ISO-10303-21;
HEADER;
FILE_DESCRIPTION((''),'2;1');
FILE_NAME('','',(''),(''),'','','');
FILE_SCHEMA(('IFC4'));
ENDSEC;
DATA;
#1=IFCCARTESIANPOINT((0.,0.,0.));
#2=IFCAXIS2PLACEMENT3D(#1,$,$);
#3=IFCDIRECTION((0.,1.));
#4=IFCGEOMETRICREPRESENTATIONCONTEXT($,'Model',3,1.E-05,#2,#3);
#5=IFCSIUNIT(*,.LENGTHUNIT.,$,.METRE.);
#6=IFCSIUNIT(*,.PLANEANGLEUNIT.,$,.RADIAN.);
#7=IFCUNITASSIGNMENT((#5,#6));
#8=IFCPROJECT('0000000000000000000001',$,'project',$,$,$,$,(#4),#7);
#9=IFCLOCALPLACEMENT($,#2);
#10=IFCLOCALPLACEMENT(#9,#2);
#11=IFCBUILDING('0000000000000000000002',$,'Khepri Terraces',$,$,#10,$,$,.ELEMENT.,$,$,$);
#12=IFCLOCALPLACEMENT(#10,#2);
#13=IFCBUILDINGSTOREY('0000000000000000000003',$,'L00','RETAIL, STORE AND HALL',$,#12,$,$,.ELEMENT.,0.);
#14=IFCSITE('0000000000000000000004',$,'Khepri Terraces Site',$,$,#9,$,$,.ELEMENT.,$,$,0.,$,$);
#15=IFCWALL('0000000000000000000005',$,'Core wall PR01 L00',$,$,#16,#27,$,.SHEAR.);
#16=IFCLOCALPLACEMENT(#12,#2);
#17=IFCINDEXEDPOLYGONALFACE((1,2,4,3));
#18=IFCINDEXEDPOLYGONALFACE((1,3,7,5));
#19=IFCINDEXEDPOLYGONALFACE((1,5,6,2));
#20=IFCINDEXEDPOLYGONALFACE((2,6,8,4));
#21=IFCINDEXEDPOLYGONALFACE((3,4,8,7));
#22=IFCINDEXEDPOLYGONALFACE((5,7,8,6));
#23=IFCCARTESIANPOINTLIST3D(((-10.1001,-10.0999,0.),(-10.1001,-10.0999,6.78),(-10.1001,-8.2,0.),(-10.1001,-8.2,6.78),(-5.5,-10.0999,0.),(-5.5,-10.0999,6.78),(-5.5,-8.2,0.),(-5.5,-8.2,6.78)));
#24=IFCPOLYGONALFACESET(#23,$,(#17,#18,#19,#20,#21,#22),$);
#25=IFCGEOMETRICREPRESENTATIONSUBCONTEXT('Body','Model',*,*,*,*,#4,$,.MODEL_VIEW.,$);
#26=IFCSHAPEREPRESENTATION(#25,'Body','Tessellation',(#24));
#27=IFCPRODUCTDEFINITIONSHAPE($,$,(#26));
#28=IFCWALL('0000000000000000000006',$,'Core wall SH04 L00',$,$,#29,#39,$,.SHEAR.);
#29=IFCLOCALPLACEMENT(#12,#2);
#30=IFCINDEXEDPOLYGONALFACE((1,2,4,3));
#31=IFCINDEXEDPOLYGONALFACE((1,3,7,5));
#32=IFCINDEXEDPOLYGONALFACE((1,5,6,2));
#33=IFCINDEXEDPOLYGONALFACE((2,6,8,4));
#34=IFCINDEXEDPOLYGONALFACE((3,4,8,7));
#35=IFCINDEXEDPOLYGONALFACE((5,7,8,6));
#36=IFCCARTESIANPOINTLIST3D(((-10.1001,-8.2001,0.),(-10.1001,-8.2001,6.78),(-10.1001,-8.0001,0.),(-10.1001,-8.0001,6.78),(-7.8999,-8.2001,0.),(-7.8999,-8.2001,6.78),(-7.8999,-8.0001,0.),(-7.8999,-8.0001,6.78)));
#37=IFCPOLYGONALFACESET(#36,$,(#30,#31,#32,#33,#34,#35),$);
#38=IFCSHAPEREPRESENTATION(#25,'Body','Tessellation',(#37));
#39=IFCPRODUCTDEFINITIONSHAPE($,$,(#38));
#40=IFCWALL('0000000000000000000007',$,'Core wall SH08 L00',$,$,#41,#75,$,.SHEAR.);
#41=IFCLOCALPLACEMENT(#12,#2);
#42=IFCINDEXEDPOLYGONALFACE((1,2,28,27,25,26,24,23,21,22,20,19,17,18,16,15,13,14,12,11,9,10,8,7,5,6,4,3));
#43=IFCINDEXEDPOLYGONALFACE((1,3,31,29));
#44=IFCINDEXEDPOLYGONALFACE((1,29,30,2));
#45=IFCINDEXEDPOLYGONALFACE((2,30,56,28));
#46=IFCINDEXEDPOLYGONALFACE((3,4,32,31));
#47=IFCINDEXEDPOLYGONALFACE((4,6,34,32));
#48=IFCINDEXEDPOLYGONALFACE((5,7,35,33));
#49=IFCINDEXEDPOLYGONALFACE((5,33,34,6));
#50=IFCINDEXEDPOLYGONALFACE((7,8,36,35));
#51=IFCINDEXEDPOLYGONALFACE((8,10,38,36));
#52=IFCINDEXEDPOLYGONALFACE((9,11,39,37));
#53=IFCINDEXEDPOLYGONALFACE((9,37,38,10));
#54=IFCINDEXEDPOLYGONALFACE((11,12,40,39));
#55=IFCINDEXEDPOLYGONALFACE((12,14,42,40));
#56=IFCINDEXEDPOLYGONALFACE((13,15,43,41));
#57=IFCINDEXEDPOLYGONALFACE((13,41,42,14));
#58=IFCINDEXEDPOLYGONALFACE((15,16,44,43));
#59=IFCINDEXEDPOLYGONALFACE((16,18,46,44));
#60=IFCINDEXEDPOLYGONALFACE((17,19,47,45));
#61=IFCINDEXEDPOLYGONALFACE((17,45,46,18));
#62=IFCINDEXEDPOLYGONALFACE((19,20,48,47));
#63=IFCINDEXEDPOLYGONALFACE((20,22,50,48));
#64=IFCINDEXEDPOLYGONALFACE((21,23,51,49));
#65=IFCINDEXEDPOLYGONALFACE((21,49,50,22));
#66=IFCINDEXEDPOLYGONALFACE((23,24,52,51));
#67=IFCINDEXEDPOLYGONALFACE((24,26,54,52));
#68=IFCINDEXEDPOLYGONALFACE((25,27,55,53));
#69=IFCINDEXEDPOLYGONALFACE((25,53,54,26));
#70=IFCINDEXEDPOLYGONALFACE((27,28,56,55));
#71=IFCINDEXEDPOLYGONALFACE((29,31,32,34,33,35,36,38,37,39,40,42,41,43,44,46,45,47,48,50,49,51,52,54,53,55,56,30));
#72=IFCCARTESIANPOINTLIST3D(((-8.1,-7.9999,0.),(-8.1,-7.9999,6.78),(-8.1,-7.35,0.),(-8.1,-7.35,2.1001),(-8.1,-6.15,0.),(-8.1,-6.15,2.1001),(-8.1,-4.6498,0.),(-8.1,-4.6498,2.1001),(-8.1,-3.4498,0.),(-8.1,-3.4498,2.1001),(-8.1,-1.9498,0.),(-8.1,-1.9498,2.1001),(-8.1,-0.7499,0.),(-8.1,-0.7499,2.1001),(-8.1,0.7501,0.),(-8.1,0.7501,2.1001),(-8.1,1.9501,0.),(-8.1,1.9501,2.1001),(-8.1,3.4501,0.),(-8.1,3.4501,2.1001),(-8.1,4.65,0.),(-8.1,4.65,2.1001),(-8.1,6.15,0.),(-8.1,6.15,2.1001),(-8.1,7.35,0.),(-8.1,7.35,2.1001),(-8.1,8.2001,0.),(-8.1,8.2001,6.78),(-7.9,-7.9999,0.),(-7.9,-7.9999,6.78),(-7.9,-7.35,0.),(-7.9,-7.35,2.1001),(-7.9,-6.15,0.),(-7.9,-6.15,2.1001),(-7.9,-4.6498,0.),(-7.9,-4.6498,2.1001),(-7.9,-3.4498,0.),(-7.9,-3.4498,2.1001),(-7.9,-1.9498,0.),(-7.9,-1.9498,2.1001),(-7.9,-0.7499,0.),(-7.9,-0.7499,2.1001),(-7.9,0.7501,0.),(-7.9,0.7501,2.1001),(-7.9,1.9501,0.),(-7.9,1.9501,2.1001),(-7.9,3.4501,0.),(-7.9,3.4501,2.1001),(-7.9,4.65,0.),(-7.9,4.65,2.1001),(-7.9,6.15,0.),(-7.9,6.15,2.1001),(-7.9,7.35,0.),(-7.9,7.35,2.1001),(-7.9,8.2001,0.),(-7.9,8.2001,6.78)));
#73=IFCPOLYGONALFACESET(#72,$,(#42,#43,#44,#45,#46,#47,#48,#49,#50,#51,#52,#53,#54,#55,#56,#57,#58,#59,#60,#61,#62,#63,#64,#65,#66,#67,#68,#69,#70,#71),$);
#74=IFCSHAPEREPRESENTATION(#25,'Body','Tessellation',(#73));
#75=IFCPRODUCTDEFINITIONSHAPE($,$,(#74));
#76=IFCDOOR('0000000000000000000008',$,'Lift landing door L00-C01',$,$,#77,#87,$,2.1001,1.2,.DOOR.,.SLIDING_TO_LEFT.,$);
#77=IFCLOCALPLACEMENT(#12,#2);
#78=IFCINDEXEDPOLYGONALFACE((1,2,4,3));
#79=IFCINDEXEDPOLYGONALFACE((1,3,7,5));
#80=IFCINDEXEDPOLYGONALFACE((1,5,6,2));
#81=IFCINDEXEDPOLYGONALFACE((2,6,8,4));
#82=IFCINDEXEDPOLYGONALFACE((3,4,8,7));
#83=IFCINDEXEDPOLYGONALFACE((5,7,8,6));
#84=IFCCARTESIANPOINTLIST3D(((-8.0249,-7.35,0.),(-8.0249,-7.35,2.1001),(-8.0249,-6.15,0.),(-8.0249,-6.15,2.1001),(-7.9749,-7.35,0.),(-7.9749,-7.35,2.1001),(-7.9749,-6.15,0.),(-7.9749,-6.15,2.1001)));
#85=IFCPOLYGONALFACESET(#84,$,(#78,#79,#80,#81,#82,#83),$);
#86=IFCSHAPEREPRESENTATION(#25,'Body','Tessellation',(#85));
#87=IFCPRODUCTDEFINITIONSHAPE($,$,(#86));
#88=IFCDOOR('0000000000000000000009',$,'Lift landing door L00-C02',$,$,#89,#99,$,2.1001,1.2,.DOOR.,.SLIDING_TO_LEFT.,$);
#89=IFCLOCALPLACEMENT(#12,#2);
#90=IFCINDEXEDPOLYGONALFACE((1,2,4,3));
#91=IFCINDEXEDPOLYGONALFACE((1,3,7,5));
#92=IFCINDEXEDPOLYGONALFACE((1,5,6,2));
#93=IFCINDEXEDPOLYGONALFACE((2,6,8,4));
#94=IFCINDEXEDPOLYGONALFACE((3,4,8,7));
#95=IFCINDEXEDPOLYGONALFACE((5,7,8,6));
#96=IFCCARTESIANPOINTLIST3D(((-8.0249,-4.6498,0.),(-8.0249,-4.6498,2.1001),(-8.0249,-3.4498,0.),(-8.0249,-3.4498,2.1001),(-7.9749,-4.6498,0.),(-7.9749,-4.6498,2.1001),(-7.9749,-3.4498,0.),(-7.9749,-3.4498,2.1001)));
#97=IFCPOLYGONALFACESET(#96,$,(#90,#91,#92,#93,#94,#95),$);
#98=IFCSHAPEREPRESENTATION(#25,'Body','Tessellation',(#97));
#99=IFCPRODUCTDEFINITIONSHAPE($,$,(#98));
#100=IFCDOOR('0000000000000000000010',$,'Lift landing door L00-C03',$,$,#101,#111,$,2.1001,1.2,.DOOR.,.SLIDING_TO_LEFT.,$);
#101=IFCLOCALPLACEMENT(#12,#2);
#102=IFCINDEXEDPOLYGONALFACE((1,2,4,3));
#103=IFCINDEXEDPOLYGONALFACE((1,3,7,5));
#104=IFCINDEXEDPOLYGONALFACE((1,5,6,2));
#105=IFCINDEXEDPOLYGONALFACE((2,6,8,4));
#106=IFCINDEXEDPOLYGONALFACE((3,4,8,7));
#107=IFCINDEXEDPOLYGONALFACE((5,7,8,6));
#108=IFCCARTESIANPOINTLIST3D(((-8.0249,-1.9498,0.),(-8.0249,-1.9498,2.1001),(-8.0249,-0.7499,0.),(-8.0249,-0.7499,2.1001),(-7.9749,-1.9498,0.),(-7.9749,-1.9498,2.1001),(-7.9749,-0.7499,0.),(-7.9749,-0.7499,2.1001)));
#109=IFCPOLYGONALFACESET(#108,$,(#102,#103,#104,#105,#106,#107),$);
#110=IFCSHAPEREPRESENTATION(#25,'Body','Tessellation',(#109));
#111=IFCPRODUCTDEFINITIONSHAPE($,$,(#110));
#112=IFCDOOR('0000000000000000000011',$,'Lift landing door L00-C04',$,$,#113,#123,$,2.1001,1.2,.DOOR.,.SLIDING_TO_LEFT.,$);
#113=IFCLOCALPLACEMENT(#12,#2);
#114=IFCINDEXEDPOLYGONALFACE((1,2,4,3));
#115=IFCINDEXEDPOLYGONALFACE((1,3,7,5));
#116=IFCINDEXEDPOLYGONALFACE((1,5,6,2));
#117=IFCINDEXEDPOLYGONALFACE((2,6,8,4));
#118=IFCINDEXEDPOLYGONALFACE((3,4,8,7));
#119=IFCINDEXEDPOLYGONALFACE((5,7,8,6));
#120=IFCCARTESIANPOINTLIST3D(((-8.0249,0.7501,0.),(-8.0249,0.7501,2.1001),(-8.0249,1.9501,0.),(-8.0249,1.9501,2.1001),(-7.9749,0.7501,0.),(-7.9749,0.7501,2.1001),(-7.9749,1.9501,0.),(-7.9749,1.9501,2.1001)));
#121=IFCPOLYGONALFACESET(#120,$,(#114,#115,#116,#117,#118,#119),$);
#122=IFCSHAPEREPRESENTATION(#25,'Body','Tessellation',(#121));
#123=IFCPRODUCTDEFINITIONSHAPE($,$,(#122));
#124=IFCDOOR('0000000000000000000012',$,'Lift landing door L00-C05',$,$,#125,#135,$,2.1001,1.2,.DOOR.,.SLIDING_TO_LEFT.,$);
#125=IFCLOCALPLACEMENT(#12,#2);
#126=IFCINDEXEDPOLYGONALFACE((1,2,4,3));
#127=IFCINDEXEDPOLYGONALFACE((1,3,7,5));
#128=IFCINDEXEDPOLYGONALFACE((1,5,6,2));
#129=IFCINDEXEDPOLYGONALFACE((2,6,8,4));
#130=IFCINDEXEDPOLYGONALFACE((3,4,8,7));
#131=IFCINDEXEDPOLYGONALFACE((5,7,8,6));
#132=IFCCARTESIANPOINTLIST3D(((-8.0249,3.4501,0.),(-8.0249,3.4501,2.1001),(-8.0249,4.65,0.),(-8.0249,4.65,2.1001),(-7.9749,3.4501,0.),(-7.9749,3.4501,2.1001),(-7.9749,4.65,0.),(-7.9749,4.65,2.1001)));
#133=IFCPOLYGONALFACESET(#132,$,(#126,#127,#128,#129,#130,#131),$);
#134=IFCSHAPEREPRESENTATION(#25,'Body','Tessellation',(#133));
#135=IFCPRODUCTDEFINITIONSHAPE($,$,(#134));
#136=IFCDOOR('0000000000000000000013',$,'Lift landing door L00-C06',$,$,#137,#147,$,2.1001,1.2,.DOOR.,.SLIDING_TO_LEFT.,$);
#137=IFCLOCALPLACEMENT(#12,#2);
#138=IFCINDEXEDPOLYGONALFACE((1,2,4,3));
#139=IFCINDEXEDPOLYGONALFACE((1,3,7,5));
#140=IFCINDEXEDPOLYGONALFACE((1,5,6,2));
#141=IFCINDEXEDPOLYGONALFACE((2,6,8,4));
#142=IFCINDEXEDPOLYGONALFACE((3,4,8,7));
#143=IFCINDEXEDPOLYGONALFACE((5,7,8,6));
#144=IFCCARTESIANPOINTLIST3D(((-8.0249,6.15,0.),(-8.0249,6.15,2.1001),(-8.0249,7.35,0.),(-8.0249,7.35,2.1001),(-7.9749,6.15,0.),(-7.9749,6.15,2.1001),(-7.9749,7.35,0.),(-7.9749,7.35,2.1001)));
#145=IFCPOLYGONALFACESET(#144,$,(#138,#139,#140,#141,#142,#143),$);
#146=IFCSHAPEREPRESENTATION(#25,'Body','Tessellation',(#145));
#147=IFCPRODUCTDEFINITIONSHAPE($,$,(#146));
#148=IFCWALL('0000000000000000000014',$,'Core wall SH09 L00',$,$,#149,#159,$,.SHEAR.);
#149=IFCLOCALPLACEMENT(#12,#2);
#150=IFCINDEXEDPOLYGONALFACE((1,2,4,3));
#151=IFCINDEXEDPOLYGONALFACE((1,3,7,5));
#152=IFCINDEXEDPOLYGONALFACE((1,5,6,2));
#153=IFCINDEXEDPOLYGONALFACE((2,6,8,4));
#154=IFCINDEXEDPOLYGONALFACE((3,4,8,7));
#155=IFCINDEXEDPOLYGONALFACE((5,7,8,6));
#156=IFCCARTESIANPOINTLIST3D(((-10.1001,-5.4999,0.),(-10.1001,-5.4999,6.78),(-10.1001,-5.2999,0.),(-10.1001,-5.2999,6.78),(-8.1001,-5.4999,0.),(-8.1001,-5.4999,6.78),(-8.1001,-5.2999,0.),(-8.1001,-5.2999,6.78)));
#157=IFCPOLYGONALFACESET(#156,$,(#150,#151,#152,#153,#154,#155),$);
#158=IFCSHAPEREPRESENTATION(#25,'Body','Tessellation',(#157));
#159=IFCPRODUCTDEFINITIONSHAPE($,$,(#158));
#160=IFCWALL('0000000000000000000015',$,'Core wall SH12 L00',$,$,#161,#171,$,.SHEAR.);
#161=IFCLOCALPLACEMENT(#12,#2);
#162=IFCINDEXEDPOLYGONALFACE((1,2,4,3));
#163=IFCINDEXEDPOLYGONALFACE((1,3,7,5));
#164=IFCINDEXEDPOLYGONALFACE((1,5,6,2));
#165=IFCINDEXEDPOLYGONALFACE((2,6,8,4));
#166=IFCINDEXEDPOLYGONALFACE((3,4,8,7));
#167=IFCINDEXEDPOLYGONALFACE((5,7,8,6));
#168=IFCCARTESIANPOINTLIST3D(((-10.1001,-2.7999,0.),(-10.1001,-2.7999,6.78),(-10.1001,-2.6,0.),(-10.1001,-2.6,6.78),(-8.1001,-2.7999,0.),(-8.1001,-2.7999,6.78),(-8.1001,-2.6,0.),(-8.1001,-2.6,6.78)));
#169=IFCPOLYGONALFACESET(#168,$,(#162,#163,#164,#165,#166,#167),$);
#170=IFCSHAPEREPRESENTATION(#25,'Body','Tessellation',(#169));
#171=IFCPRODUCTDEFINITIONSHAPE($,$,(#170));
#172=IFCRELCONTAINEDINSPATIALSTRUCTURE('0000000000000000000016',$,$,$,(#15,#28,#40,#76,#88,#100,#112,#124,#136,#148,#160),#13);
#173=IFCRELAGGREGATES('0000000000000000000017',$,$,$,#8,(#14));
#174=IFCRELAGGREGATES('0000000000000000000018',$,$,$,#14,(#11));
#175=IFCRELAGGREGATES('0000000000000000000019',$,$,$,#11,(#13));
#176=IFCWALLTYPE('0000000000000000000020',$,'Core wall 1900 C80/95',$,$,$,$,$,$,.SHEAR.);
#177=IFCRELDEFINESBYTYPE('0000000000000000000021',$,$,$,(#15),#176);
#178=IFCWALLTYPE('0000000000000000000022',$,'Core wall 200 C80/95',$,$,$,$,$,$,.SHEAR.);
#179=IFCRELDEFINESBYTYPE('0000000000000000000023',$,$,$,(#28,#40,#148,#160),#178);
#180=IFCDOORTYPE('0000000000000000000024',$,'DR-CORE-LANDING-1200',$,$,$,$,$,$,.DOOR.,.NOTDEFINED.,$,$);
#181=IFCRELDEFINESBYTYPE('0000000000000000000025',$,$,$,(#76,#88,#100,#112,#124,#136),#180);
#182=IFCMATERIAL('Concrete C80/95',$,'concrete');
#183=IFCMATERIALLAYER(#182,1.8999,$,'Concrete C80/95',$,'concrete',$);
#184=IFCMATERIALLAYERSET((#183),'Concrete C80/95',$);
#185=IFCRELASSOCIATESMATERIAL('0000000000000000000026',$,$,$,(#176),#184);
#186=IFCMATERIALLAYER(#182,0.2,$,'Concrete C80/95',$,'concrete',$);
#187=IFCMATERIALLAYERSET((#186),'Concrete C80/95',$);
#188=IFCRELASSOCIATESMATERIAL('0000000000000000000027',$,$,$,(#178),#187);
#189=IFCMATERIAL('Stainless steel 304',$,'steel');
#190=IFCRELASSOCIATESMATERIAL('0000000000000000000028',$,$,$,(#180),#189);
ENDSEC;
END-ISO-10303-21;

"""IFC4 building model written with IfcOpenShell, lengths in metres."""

from ifc_helpers import new_model, si_unit, direction, frame, frame_2d, origin, place, context, subcontext, project, spatial, rectangle, extrude, material, layer, layer_set, type_object, element, fill, save


model = new_model("IFC4")

# Units and contexts
model_context = context("Model", 3, precision=1e-05, world=origin(), true_north=direction((0.0, 1.0)))
body_context = subcontext(model_context, "Body", "Model", "MODEL_VIEW")
ifc_project = project(units=[si_unit("LENGTHUNIT", "METRE"), si_unit("PLANEANGLEUNIT", "RADIAN")], contexts=[model_context])

# Site, building, storey
site_placement = place(None, origin())
site = spatial("IfcSite", under=ifc_project, at=site_placement, Name="Khepri Terraces Site", CompositionType="ELEMENT", RefElevation=0.0)
building_placement = place(site_placement, origin())
building = spatial("IfcBuilding", under=site, at=building_placement, Name="Khepri Terraces", CompositionType="ELEMENT")
storey_placement = place(building_placement, origin())
storey = spatial("IfcBuildingStorey", under=building, at=storey_placement, Name="L00", Description="RETAIL, STORE AND HALL", CompositionType="ELEMENT", Elevation=0.0)

# Walls
ifc_material_1 = material(Name="Concrete C80/95", Category="concrete")
ifc_layer_1 = layer(ifc_material_1, 1.8999, Name="Concrete C80/95", Category="concrete")
ifc_layer_set_1 = layer_set([ifc_layer_1], Name="Concrete C80/95")
wall_type_1 = type_object("IfcWallType", Name="Core wall 1900 C80/95", PredefinedType="SHEAR", material=ifc_layer_set_1)
wall_1_placement = place(storey_placement, frame((-10.1001, -9.1499, 0.0), z_axis=(0.0, 0.0, 1.0), x_axis=(1.0, 0.0, 0.0)))
element("IfcWall", 1, at=wall_1_placement, inside=storey, type_object=wall_type_1, Name="Core wall PR01 L00", PredefinedType="SHEAR", context=body_context, shape_type="SweptSolid", body=[
    extrude(rectangle(XDim=4.6001, YDim=1.8999, at=frame_2d((2.3, 0.0))), origin(), (0.0, 0.0, 1.0), 6.78),
])
ifc_layer_2 = layer(ifc_material_1, 0.2, Name="Concrete C80/95", Category="concrete")
ifc_layer_set_2 = layer_set([ifc_layer_2], Name="Concrete C80/95")
wall_type_2 = type_object("IfcWallType", Name="Core wall 200 C80/95", PredefinedType="SHEAR", material=ifc_layer_set_2)
wall_2_placement = place(storey_placement, frame((-10.1001, -8.1001, 0.0), z_axis=(0.0, 0.0, 1.0), x_axis=(1.0, 0.0, 0.0)))
element("IfcWall", 2, at=wall_2_placement, inside=storey, type_object=wall_type_2, Name="Core wall SH04 L00", PredefinedType="SHEAR", context=body_context, shape_type="SweptSolid", body=[
    extrude(rectangle(XDim=2.2002, YDim=0.2, at=frame_2d((1.1001, 0.0))), origin(), (0.0, 0.0, 1.0), 6.78),
])

# Wall, openings, doors
wall_3_placement = place(storey_placement, frame((-8.0, -8.0, 0.0), z_axis=(0.0, 0.0, 1.0), x_axis=(0.0, 1.0, 0.0)))
wall_3 = element("IfcWall", 3, at=wall_3_placement, inside=storey, type_object=wall_type_2, Name="Core wall SH08 L00", PredefinedType="SHEAR", context=body_context, shape_type="SweptSolid", body=[
    extrude(rectangle(XDim=16.2, YDim=0.2, at=frame_2d((8.1001, 0.0))), origin(), (0.0, 0.0, 1.0), 6.78),
])
opening_1_placement = place(wall_3_placement, frame((0.6499, 0.0, 0.0)))
opening_1 = element("IfcOpeningElement", 4, at=opening_1_placement, cuts=wall_3, PredefinedType="OPENING", context=body_context, shape_type="SweptSolid", body=[
    extrude(rectangle(XDim=1.2, YDim=2.1001, at=frame_2d((0.6001, 1.05))), frame((0.0, 0.1099, 0.0), z_axis=(0.0, -1.0, 0.0), x_axis=(1.0, 0.0, 0.0)), (0.0, 0.0, 1.0), 0.22),
])
opening_2_placement = place(wall_3_placement, frame((3.3501, 0.0, 0.0)))
opening_2 = element("IfcOpeningElement", 5, at=opening_2_placement, cuts=wall_3, PredefinedType="OPENING", context=body_context, shape_type="SweptSolid", body=[
    extrude(rectangle(XDim=1.2, YDim=2.1001, at=frame_2d((0.6001, 1.05))), frame((0.0, 0.1099, 0.0), z_axis=(0.0, -1.0, 0.0), x_axis=(1.0, 0.0, 0.0)), (0.0, 0.0, 1.0), 0.22),
])
opening_3_placement = place(wall_3_placement, frame((6.05, 0.0, 0.0)))
opening_3 = element("IfcOpeningElement", 6, at=opening_3_placement, cuts=wall_3, PredefinedType="OPENING", context=body_context, shape_type="SweptSolid", body=[
    extrude(rectangle(XDim=1.2, YDim=2.1001, at=frame_2d((0.6001, 1.05))), frame((0.0, 0.1099, 0.0), z_axis=(0.0, -1.0, 0.0), x_axis=(1.0, 0.0, 0.0)), (0.0, 0.0, 1.0), 0.22),
])
opening_4_placement = place(wall_3_placement, frame((8.75, 0.0, 0.0)))
opening_4 = element("IfcOpeningElement", 7, at=opening_4_placement, cuts=wall_3, PredefinedType="OPENING", context=body_context, shape_type="SweptSolid", body=[
    extrude(rectangle(XDim=1.2, YDim=2.1001, at=frame_2d((0.6001, 1.05))), frame((0.0, 0.1099, 0.0), z_axis=(0.0, -1.0, 0.0), x_axis=(1.0, 0.0, 0.0)), (0.0, 0.0, 1.0), 0.22),
])
opening_5_placement = place(wall_3_placement, frame((11.45, 0.0, 0.0)))
opening_5 = element("IfcOpeningElement", 8, at=opening_5_placement, cuts=wall_3, PredefinedType="OPENING", context=body_context, shape_type="SweptSolid", body=[
    extrude(rectangle(XDim=1.2, YDim=2.1001, at=frame_2d((0.6001, 1.05))), frame((0.0, 0.1099, 0.0), z_axis=(0.0, -1.0, 0.0), x_axis=(1.0, 0.0, 0.0)), (0.0, 0.0, 1.0), 0.22),
])
opening_6_placement = place(wall_3_placement, frame((14.1499, 0.0, 0.0)))
opening_6 = element("IfcOpeningElement", 9, at=opening_6_placement, cuts=wall_3, PredefinedType="OPENING", context=body_context, shape_type="SweptSolid", body=[
    extrude(rectangle(XDim=1.2, YDim=2.1001, at=frame_2d((0.6001, 1.05))), frame((0.0, 0.1099, 0.0), z_axis=(0.0, -1.0, 0.0), x_axis=(1.0, 0.0, 0.0)), (0.0, 0.0, 1.0), 0.22),
])
ifc_material_2 = material(Name="Stainless steel 304", Category="steel")
door_type_1 = type_object("IfcDoorType", Name="DR-CORE-LANDING-1200", OperationType="NOTDEFINED", PredefinedType="DOOR", material=ifc_material_2)
door_1_placement = place(opening_1_placement, origin())
door_1 = element("IfcDoor", 10, at=door_1_placement, inside=storey, type_object=door_type_1, Name="Lift landing door L00-C01", OperationType="SLIDING_TO_LEFT", OverallHeight=2.1001, OverallWidth=1.2, PredefinedType="DOOR", context=body_context, shape_type="SweptSolid", body=[
    extrude(rectangle(XDim=1.2, YDim=2.1001, at=frame_2d((0.6001, 1.05))), frame((0.0, 0.0249, 0.0), z_axis=(0.0, -1.0, 0.0), x_axis=(1.0, 0.0, 0.0)), (0.0, 0.0, 1.0), 0.05),
])
fill(opening_1, door_1)
door_2_placement = place(opening_2_placement, origin())
door_2 = element("IfcDoor", 11, at=door_2_placement, inside=storey, type_object=door_type_1, Name="Lift landing door L00-C02", OperationType="SLIDING_TO_LEFT", OverallHeight=2.1001, OverallWidth=1.2, PredefinedType="DOOR", context=body_context, shape_type="SweptSolid", body=[
    extrude(rectangle(XDim=1.2, YDim=2.1001, at=frame_2d((0.6001, 1.05))), frame((0.0, 0.0249, 0.0), z_axis=(0.0, -1.0, 0.0), x_axis=(1.0, 0.0, 0.0)), (0.0, 0.0, 1.0), 0.05),
])
fill(opening_2, door_2)
door_3_placement = place(opening_3_placement, origin())
door_3 = element("IfcDoor", 12, at=door_3_placement, inside=storey, type_object=door_type_1, Name="Lift landing door L00-C03", OperationType="SLIDING_TO_LEFT", OverallHeight=2.1001, OverallWidth=1.2, PredefinedType="DOOR", context=body_context, shape_type="SweptSolid", body=[
    extrude(rectangle(XDim=1.2, YDim=2.1001, at=frame_2d((0.6001, 1.05))), frame((0.0, 0.0249, 0.0), z_axis=(0.0, -1.0, 0.0), x_axis=(1.0, 0.0, 0.0)), (0.0, 0.0, 1.0), 0.05),
])
fill(opening_3, door_3)
door_4_placement = place(opening_4_placement, origin())
door_4 = element("IfcDoor", 13, at=door_4_placement, inside=storey, type_object=door_type_1, Name="Lift landing door L00-C04", OperationType="SLIDING_TO_LEFT", OverallHeight=2.1001, OverallWidth=1.2, PredefinedType="DOOR", context=body_context, shape_type="SweptSolid", body=[
    extrude(rectangle(XDim=1.2, YDim=2.1001, at=frame_2d((0.6001, 1.05))), frame((0.0, 0.0249, 0.0), z_axis=(0.0, -1.0, 0.0), x_axis=(1.0, 0.0, 0.0)), (0.0, 0.0, 1.0), 0.05),
])
fill(opening_4, door_4)
door_5_placement = place(opening_5_placement, origin())
door_5 = element("IfcDoor", 14, at=door_5_placement, inside=storey, type_object=door_type_1, Name="Lift landing door L00-C05", OperationType="SLIDING_TO_LEFT", OverallHeight=2.1001, OverallWidth=1.2, PredefinedType="DOOR", context=body_context, shape_type="SweptSolid", body=[
    extrude(rectangle(XDim=1.2, YDim=2.1001, at=frame_2d((0.6001, 1.05))), frame((0.0, 0.0249, 0.0), z_axis=(0.0, -1.0, 0.0), x_axis=(1.0, 0.0, 0.0)), (0.0, 0.0, 1.0), 0.05),
])
fill(opening_5, door_5)
door_6_placement = place(opening_6_placement, origin())
door_6 = element("IfcDoor", 15, at=door_6_placement, inside=storey, type_object=door_type_1, Name="Lift landing door L00-C06", OperationType="SLIDING_TO_LEFT", OverallHeight=2.1001, OverallWidth=1.2, PredefinedType="DOOR", context=body_context, shape_type="SweptSolid", body=[
    extrude(rectangle(XDim=1.2, YDim=2.1001, at=frame_2d((0.6001, 1.05))), frame((0.0, 0.0249, 0.0), z_axis=(0.0, -1.0, 0.0), x_axis=(1.0, 0.0, 0.0)), (0.0, 0.0, 1.0), 0.05),
])
fill(opening_6, door_6)

# Walls
for number, where, z_axis, x_axis, name in (
    (16, (-10.1001, -5.3999, 0.0), (0.0, 0.0, 1.0), (1.0, 0.0, 0.0), "Core wall SH09 L00"),
    (17, (-10.1001, -2.7, 0.0), (0.0, 0.0, 1.0), (1.0, 0.0, 0.0), "Core wall SH12 L00"),
):
    element("IfcWall", number, at=place(storey_placement, frame(where, z_axis=z_axis, x_axis=x_axis)), inside=storey, type_object=wall_type_2, Name=name, PredefinedType="SHEAR", context=body_context, shape_type="SweptSolid", body=[
        extrude(rectangle(XDim=2.0, YDim=0.2, at=frame_2d((1.0, 0.0))), origin(), (0.0, 0.0, 1.0), 6.78),
    ])

save(model, "model.ifc")
